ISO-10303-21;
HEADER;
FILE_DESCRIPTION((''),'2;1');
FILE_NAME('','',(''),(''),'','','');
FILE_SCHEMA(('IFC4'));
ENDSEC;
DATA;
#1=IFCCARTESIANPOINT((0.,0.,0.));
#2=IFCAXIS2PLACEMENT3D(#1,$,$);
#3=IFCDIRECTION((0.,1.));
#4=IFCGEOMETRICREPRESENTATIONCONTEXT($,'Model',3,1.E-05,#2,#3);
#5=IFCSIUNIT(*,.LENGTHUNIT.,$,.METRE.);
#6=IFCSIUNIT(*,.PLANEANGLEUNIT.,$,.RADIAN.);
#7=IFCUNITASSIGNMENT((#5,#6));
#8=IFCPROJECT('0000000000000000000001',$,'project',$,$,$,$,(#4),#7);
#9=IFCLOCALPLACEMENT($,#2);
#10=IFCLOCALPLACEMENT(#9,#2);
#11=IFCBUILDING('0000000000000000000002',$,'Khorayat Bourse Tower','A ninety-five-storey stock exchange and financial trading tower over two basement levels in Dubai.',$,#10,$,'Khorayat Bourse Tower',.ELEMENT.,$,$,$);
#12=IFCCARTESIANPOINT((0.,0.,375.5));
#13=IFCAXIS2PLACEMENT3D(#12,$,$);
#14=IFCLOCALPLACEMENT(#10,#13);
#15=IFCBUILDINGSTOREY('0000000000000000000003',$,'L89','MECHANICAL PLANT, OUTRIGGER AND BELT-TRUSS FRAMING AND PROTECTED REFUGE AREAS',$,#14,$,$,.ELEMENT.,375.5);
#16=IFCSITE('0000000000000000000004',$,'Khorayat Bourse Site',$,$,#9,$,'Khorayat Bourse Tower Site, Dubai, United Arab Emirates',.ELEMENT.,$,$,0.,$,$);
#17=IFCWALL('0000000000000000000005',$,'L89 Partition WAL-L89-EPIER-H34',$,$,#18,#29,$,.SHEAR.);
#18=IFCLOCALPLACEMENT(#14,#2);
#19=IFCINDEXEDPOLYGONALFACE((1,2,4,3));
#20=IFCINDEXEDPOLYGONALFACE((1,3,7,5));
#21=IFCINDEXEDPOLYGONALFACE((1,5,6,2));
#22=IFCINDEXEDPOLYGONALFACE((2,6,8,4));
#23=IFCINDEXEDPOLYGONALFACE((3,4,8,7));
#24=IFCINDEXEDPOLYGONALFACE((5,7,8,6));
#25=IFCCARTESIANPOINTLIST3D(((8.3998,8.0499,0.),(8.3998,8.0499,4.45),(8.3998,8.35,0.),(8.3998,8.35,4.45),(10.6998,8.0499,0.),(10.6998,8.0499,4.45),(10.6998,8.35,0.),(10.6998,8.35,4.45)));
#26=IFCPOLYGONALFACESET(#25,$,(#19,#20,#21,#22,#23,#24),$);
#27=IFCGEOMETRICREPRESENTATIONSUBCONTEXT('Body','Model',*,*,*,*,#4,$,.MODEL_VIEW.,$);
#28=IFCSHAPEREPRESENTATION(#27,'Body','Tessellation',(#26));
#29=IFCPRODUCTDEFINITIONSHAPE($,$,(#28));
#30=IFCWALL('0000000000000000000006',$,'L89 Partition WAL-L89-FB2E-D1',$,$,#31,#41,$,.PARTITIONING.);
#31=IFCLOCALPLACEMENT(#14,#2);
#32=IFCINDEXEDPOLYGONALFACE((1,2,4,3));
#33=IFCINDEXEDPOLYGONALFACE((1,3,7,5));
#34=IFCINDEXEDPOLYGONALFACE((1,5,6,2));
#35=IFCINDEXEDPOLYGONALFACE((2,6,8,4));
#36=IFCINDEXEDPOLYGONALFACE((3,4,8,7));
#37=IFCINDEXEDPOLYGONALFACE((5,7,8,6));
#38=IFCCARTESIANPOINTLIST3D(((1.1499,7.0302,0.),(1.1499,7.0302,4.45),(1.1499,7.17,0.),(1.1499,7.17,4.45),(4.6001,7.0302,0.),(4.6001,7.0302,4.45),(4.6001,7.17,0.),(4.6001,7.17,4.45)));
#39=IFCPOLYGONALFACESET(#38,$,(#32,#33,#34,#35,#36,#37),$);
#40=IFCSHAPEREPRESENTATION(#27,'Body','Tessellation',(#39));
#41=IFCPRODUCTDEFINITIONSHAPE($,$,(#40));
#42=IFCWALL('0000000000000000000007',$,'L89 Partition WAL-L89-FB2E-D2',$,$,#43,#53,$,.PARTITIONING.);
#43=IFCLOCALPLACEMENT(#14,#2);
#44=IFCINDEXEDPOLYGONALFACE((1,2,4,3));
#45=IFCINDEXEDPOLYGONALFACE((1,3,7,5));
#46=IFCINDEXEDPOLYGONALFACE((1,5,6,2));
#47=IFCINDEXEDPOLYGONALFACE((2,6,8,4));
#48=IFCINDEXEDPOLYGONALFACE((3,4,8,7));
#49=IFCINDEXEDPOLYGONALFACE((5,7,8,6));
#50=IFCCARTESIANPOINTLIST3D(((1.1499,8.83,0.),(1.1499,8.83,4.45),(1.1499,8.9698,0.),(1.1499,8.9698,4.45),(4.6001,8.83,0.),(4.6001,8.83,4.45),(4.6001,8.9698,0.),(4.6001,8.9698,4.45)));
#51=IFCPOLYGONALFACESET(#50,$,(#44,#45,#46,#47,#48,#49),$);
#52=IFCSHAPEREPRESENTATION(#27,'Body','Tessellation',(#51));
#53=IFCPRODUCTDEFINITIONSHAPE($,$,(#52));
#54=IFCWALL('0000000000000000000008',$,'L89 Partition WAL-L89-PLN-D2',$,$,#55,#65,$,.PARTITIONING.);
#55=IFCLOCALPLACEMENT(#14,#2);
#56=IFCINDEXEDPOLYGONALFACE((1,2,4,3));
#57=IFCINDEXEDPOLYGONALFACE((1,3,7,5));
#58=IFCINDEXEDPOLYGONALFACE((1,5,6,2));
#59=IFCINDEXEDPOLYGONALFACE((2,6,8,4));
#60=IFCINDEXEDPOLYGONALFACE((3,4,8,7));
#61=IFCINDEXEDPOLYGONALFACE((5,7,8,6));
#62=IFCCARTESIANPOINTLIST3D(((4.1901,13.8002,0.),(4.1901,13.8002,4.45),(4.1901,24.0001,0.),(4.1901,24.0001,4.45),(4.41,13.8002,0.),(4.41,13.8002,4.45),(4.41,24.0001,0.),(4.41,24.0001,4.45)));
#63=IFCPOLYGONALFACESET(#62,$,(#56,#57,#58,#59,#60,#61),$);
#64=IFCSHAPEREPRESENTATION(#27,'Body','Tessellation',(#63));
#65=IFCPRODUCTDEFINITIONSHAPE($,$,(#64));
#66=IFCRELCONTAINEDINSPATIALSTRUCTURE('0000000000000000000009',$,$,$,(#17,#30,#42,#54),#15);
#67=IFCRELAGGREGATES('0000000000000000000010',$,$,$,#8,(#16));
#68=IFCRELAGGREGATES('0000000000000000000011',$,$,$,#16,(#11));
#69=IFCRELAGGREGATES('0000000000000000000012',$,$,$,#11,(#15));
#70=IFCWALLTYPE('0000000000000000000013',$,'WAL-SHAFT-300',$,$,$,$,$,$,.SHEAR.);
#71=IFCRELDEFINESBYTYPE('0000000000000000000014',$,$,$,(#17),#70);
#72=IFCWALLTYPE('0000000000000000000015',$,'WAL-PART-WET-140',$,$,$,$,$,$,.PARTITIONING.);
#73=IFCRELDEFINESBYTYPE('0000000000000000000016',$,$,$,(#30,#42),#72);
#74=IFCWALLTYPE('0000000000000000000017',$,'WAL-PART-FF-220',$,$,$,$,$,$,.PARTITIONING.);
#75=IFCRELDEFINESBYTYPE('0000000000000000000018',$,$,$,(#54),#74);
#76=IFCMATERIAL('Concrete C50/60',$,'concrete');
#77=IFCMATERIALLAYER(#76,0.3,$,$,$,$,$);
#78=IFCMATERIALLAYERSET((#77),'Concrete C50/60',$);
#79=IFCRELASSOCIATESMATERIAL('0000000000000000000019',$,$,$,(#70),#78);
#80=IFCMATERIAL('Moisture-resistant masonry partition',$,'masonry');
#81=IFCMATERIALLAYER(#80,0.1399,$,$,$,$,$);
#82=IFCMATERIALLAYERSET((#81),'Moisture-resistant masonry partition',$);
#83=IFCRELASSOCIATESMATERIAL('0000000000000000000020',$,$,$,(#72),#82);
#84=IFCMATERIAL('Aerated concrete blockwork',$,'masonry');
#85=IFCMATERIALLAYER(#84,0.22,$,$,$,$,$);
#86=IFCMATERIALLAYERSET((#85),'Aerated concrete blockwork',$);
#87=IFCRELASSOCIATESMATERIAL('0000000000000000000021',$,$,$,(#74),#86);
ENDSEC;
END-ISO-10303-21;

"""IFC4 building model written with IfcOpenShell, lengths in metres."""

from ifc_helpers import new_model, si_unit, direction, frame, frame_2d, origin, place, context, subcontext, project, spatial, rectangle, extrude, source, transform, mapped, material, layer, layer_set, type_object, element, save


model = new_model("IFC4")

# Units and contexts
model_context = context("Model", 3, precision=1e-05, world=origin(), true_north=direction((0.0, 1.0)))
body_context = subcontext(model_context, "Body", "Model", "MODEL_VIEW")
ifc_project = project(units=[si_unit("LENGTHUNIT", "METRE"), si_unit("PLANEANGLEUNIT", "RADIAN")], contexts=[model_context])

# Site, building, storey
site_placement = place(None, origin())
site = spatial("IfcSite", under=ifc_project, at=site_placement, Name="Khorayat Bourse Site", LongName="Khorayat Bourse Tower Site, Dubai, United Arab Emirates", CompositionType="ELEMENT", RefElevation=0.0)
building_placement = place(site_placement, origin())
building = spatial("IfcBuilding", under=site, at=building_placement, Name="Khorayat Bourse Tower", Description="A ninety-five-storey stock exchange and financial trading tower over two basement levels in Dubai.", LongName="Khorayat Bourse Tower", CompositionType="ELEMENT")
storey_placement = place(building_placement, frame((0.0, 0.0, 375.5)))
storey = spatial("IfcBuildingStorey", under=building, at=storey_placement, Name="L89", Description="MECHANICAL PLANT, OUTRIGGER AND BELT-TRUSS FRAMING AND PROTECTED REFUGE AREAS", CompositionType="ELEMENT", Elevation=375.5)

# Walls
ifc_material_1 = material(Name="Concrete C50/60", Category="concrete")
ifc_layer_1 = layer(ifc_material_1, 0.3)
ifc_layer_set_1 = layer_set([ifc_layer_1], Name="Concrete C50/60")
wall_type_1 = type_object("IfcWallType", Name="WAL-SHAFT-300", PredefinedType="SHEAR", material=ifc_layer_set_1)
shared_shape_1 = source(origin(), body_context, "Body", "SweptSolid", [
    extrude(rectangle(XDim=2.3, YDim=0.3, at=frame_2d((1.1499, 0.0))), origin(), (0.0, 0.0, 1.0), 4.45),
])
for number, where, z_axis, x_axis, name in (
    (1, (8.3999, 8.2, 0.0), (0.0, 0.0, 1.0), (1.0, 0.0, 0.0), "L89 Partition WAL-L89-EPIER-H34"),
):
    element("IfcWall", number, at=place(storey_placement, frame(where, z_axis=z_axis, x_axis=x_axis)), inside=storey, type_object=wall_type_1, Name=name, PredefinedType="SHEAR", context=body_context, shape_type="MappedRepresentation", body=[
        mapped(shared_shape_1, transform((0.0, 0.0, 0.0), scale=1.0)),
    ])
ifc_material_2 = material(Name="Moisture-resistant masonry partition", Category="masonry")
ifc_layer_2 = layer(ifc_material_2, 0.1399)
ifc_layer_set_2 = layer_set([ifc_layer_2], Name="Moisture-resistant masonry partition")
wall_type_2 = type_object("IfcWallType", Name="WAL-PART-WET-140", PredefinedType="PARTITIONING", material=ifc_layer_set_2)
shared_shape_2 = source(origin(), body_context, "Body", "SweptSolid", [
    extrude(rectangle(XDim=3.4502, YDim=0.1399, at=frame_2d((1.7251, 0.0))), origin(), (0.0, 0.0, 1.0), 4.45),
])
for number, where, z_axis, x_axis, name in (
    (2, (1.1499, 7.1001, 0.0), (0.0, 0.0, 1.0), (1.0, 0.0, 0.0), "L89 Partition WAL-L89-FB2E-D1"),
    (3, (1.1499, 8.8999, 0.0), (0.0, 0.0, 1.0), (1.0, 0.0, 0.0), "L89 Partition WAL-L89-FB2E-D2"),
):
    element("IfcWall", number, at=place(storey_placement, frame(where, z_axis=z_axis, x_axis=x_axis)), inside=storey, type_object=wall_type_2, Name=name, PredefinedType="PARTITIONING", context=body_context, shape_type="MappedRepresentation", body=[
        mapped(shared_shape_2, transform((0.0, 0.0, 0.0), scale=1.0)),
    ])
ifc_material_3 = material(Name="Aerated concrete blockwork", Category="masonry")
ifc_layer_3 = layer(ifc_material_3, 0.22)
ifc_layer_set_3 = layer_set([ifc_layer_3], Name="Aerated concrete blockwork")
wall_type_3 = type_object("IfcWallType", Name="WAL-PART-FF-220", PredefinedType="PARTITIONING", material=ifc_layer_set_3)
shared_shape_3 = source(origin(), body_context, "Body", "SweptSolid", [
    extrude(rectangle(XDim=10.2, YDim=0.22, at=frame_2d((5.1001, 0.0))), origin(), (0.0, 0.0, 1.0), 4.45),
])
wall_1_placement = place(storey_placement, frame((4.3, 13.8, 0.0), z_axis=(0.0, 0.0, 1.0), x_axis=(0.0, 1.0, 0.0)))
element("IfcWall", 4, at=wall_1_placement, inside=storey, type_object=wall_type_3, Name="L89 Partition WAL-L89-PLN-D2", PredefinedType="PARTITIONING", context=body_context, shape_type="MappedRepresentation", body=[
    mapped(shared_shape_3, transform((0.0, 0.0, 0.0), scale=1.0)),
])

save(model, "model.ifc")
